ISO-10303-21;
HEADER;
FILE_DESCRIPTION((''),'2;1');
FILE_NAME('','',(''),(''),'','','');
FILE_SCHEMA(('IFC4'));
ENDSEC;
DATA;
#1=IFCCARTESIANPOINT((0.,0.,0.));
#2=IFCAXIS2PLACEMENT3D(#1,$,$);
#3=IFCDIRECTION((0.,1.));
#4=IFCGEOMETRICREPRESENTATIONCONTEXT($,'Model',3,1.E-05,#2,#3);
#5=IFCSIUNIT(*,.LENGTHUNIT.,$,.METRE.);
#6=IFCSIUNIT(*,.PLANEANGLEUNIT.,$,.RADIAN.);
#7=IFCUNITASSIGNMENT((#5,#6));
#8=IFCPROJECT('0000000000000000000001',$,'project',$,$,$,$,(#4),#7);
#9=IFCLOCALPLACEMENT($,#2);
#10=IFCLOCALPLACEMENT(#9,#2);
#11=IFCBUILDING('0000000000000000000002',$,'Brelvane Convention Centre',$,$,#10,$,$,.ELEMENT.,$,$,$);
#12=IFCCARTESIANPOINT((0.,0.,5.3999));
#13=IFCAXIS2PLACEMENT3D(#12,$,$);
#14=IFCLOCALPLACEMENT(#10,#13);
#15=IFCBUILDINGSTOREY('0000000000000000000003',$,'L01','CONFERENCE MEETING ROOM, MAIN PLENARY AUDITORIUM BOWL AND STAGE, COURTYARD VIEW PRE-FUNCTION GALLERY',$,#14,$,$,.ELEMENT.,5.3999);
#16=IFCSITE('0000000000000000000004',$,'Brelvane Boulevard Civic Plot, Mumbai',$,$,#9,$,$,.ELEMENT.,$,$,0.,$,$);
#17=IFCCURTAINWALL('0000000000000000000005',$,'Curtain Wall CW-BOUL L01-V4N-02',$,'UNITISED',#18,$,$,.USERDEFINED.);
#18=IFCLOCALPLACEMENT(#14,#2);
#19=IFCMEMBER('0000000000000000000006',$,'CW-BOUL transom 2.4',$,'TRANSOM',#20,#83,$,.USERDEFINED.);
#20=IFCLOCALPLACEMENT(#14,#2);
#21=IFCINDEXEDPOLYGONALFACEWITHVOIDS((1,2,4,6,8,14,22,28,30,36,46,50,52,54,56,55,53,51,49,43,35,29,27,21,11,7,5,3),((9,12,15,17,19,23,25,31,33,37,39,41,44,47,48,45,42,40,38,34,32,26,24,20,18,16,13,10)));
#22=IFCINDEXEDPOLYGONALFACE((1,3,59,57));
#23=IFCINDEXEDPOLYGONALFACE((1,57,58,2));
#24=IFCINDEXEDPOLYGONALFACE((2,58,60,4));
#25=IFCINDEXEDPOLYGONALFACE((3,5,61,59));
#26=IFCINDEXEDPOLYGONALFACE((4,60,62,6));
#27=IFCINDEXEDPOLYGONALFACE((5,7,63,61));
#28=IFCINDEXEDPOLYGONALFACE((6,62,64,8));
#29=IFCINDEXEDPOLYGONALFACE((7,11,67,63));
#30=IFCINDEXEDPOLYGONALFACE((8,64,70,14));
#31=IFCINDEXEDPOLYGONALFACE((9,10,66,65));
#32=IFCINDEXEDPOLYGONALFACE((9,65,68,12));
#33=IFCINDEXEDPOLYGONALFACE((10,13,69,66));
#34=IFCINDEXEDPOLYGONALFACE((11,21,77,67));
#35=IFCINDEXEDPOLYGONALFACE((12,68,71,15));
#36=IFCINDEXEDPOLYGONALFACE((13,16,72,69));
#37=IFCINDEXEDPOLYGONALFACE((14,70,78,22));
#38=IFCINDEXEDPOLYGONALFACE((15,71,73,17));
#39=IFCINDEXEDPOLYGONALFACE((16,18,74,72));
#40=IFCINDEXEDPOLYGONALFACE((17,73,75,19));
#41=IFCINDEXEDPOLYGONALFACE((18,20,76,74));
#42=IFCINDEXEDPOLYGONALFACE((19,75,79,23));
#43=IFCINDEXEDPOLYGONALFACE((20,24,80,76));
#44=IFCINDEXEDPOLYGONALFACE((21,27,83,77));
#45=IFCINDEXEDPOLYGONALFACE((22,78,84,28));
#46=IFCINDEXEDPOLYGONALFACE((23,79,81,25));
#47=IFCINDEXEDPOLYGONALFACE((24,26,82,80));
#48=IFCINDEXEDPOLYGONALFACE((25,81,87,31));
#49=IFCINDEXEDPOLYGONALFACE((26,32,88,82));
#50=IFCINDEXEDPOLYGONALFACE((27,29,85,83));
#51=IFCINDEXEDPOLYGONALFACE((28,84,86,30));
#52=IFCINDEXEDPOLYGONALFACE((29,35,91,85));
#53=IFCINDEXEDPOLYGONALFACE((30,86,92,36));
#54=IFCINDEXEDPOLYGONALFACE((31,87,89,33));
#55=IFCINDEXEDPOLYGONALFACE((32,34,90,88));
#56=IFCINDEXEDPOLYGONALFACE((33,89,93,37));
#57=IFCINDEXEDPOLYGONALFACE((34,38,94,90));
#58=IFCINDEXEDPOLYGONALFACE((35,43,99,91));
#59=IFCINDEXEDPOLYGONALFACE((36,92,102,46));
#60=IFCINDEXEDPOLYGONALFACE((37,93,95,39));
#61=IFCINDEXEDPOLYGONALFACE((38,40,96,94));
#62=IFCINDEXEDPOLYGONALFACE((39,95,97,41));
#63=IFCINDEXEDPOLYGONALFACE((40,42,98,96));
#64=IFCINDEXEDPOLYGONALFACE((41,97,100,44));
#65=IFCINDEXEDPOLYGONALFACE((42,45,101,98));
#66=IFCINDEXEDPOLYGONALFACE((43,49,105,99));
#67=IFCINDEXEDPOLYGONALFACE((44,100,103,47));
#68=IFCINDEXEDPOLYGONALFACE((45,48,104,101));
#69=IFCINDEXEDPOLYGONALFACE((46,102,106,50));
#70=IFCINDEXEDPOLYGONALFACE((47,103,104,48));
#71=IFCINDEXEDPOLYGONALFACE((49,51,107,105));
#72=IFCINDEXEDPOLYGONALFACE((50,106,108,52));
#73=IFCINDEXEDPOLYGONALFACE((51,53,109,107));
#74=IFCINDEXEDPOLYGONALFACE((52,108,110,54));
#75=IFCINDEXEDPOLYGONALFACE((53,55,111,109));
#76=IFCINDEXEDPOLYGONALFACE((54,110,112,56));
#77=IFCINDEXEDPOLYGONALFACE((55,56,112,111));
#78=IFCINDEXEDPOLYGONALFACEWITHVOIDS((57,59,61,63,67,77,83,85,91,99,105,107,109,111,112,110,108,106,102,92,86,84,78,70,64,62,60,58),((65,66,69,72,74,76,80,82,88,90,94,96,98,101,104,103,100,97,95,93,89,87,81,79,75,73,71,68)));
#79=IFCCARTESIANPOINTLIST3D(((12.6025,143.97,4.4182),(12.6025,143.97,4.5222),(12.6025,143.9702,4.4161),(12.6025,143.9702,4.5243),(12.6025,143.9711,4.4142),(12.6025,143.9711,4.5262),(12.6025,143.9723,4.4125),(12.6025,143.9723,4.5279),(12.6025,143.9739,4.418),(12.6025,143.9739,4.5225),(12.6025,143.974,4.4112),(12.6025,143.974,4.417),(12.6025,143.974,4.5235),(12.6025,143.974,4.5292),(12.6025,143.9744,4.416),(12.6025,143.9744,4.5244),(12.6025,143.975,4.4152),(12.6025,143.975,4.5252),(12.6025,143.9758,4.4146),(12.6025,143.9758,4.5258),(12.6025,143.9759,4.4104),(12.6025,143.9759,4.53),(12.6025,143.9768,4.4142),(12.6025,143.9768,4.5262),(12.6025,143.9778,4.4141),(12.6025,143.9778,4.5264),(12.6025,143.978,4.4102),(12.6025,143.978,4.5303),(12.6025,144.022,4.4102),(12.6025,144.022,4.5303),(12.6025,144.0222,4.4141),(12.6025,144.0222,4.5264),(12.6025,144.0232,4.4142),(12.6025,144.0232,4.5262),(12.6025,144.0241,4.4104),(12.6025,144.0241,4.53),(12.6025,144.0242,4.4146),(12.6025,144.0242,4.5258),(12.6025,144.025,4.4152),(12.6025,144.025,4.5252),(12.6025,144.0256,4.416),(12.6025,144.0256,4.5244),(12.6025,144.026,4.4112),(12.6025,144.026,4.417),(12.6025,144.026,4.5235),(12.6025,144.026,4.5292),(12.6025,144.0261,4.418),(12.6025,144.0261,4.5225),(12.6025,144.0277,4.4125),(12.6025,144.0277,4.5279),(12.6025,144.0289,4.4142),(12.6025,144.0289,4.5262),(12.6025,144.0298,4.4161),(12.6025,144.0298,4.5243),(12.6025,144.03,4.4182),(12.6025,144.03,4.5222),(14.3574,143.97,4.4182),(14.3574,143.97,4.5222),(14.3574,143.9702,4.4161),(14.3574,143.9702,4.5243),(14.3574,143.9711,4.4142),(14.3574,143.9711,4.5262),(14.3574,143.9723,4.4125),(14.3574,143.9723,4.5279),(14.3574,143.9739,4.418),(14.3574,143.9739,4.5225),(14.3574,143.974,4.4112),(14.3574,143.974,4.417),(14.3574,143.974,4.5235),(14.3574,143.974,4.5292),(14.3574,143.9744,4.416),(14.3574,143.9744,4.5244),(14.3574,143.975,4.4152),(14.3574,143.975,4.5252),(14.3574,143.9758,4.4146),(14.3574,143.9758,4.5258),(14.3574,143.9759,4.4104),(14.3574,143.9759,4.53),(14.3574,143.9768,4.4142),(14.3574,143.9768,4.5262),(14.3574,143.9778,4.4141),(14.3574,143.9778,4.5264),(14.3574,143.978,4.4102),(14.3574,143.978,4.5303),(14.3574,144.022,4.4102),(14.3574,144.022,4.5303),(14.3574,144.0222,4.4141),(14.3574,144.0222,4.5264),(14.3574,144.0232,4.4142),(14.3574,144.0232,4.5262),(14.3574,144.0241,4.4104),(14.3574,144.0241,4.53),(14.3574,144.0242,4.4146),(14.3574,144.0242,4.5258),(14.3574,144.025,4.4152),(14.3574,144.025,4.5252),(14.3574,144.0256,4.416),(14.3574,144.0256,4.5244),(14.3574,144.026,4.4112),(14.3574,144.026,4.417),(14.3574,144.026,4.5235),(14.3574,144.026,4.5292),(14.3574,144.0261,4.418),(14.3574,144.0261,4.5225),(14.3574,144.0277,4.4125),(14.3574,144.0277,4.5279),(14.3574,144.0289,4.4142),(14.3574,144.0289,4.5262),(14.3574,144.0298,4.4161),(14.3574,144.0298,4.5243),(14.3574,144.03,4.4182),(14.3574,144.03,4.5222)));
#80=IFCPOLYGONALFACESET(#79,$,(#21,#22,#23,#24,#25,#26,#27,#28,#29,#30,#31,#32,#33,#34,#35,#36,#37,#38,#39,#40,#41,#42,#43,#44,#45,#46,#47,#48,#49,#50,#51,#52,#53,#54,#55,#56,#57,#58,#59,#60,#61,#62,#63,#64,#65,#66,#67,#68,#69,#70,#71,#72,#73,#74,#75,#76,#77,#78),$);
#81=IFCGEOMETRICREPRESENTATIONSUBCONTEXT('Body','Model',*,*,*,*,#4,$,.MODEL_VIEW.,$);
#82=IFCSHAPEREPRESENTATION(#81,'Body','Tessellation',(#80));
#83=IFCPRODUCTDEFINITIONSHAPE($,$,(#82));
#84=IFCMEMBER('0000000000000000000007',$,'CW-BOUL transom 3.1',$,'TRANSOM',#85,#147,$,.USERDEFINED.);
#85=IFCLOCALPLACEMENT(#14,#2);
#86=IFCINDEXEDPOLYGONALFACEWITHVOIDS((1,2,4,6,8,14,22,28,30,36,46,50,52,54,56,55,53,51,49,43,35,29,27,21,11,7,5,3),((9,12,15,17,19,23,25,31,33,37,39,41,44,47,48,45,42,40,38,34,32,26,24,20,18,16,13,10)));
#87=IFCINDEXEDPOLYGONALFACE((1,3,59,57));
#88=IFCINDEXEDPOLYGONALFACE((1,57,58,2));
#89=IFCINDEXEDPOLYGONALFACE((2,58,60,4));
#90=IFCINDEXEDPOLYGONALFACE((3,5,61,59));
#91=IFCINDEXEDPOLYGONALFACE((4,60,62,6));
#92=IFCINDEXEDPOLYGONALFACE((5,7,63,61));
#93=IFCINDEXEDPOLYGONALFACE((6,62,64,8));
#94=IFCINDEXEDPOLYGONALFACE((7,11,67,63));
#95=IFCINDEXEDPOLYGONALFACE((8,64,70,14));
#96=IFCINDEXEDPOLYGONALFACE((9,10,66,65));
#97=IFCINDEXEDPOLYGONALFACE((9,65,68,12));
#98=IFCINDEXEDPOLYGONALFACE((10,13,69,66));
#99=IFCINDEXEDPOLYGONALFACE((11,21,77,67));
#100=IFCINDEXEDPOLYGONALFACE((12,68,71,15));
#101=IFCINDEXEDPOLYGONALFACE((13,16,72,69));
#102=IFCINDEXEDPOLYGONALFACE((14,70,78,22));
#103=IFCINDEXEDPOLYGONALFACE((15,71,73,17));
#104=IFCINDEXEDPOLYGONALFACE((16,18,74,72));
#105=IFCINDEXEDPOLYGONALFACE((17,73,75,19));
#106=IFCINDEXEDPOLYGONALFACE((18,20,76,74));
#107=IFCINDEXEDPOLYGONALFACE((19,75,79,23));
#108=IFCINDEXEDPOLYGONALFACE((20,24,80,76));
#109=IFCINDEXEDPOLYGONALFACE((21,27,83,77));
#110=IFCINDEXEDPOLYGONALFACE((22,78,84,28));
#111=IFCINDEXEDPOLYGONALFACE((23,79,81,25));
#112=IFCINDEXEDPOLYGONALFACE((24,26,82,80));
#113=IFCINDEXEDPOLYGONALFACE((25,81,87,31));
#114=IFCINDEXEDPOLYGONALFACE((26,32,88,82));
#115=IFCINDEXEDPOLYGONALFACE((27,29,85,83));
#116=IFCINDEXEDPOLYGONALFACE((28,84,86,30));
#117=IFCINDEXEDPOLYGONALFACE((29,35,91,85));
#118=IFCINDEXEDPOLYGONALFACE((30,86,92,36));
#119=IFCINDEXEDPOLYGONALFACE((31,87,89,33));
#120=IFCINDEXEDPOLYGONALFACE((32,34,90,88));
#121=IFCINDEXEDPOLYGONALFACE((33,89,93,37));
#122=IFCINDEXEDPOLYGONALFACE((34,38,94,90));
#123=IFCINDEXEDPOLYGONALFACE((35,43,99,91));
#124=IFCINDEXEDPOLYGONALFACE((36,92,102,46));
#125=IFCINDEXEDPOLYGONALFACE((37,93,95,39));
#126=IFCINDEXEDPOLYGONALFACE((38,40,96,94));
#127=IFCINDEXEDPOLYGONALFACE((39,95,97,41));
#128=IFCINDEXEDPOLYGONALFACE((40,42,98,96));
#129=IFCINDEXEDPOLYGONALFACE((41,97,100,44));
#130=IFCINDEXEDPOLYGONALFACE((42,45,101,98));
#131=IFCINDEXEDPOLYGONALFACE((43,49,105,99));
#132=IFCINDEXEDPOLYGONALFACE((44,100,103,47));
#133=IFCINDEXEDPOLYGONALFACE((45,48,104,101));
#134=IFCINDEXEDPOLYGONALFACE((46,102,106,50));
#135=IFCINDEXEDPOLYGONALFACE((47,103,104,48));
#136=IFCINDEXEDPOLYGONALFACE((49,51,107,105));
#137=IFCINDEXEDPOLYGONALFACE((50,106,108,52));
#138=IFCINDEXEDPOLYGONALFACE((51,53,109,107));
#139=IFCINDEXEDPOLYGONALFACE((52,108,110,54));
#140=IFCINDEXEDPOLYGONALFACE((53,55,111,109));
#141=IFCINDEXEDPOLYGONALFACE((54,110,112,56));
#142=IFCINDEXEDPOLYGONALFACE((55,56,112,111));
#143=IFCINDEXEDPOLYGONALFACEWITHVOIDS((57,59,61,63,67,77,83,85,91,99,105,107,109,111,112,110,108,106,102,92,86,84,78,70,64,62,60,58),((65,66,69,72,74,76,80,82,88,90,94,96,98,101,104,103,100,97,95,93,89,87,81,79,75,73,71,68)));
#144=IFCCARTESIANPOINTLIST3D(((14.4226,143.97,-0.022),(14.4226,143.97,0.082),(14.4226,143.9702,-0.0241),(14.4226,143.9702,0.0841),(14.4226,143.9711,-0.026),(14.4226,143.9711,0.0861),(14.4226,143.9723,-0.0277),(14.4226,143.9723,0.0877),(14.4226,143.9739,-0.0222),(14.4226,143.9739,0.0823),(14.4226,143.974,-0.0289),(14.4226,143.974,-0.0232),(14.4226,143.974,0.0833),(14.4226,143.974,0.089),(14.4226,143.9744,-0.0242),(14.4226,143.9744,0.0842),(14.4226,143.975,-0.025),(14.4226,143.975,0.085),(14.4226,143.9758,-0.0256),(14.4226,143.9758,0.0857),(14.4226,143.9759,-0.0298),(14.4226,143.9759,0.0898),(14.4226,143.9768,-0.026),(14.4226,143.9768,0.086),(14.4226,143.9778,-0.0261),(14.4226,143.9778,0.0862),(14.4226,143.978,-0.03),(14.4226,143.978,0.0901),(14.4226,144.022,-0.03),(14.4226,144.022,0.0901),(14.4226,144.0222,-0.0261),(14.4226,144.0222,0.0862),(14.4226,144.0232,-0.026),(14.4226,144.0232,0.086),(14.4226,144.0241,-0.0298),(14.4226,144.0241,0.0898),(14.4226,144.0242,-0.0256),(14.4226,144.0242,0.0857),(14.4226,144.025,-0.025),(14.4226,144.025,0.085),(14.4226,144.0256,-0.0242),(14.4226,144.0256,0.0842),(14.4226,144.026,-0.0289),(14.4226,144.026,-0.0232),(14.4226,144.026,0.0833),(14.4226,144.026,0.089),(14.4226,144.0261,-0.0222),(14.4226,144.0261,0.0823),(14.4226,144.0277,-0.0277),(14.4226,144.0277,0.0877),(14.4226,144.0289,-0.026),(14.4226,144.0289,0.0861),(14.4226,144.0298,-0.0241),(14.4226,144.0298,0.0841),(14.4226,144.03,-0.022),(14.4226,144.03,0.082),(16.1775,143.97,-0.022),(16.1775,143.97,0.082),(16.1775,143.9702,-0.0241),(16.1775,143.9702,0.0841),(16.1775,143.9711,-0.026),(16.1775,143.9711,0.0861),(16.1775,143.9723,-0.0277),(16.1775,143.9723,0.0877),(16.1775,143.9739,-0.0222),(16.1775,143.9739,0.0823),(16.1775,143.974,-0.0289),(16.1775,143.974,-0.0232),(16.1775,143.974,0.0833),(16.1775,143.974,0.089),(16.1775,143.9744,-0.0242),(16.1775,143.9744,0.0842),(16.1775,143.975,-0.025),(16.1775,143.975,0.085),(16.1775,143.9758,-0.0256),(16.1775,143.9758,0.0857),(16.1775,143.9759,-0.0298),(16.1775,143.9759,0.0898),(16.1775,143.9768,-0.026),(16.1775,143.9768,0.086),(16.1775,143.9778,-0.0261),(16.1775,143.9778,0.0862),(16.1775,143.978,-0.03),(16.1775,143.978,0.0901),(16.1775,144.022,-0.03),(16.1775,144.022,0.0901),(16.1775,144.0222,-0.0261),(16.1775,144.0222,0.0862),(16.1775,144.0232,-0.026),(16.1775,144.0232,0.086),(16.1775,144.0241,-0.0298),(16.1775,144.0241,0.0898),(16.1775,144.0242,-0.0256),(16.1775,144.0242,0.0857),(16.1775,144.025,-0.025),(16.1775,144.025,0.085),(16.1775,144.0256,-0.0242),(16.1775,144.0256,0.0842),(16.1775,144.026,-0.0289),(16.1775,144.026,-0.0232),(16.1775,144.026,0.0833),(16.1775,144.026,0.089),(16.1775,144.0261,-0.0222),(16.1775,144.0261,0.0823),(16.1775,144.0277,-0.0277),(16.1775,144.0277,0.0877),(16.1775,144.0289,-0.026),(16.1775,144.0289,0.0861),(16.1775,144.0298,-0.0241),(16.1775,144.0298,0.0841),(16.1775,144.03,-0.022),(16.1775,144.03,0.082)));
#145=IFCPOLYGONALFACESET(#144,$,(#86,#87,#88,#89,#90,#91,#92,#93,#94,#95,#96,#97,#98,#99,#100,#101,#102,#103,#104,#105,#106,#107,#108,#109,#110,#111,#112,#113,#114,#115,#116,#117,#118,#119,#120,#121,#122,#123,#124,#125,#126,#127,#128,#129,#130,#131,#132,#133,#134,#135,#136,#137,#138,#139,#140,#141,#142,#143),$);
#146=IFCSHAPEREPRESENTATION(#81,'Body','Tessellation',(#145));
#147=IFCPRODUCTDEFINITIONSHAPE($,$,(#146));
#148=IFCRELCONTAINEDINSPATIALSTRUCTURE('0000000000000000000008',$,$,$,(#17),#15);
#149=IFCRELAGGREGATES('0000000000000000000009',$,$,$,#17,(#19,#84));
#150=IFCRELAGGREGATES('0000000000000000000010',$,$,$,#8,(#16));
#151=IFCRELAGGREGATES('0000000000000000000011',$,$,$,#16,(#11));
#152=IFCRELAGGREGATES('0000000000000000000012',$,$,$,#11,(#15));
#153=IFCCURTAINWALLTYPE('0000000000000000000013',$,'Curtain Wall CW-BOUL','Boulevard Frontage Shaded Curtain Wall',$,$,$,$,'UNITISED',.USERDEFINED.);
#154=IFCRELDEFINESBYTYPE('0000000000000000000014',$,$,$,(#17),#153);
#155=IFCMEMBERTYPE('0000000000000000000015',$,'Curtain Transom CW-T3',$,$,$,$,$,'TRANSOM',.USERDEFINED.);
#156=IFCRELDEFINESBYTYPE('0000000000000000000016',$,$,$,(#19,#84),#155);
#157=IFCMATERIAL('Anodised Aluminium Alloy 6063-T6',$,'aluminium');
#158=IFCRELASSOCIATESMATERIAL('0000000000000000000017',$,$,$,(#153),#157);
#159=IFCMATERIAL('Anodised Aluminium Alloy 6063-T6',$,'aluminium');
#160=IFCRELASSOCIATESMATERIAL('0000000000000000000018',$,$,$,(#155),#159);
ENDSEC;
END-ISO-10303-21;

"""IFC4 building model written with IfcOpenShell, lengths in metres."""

from ifc_helpers import new_model, si_unit, direction, frame, origin, origin_2d, place, context, subcontext, project, spatial, hollow_rectangle, extrude, material, material_profile, profile_set, type_object, element, aggregate, save


model = new_model("IFC4")

# Units and contexts
model_context = context("Model", 3, precision=1e-05, world=origin(), true_north=direction((0.0, 1.0)))
body_context = subcontext(model_context, "Body", "Model", "MODEL_VIEW")
ifc_project = project(units=[si_unit("LENGTHUNIT", "METRE"), si_unit("PLANEANGLEUNIT", "RADIAN")], contexts=[model_context])

# Site, building, storey
site_placement = place(None, origin())
site = spatial("IfcSite", under=ifc_project, at=site_placement, Name="Brelvane Boulevard Civic Plot, Mumbai", CompositionType="ELEMENT", RefElevation=0.0)
building_placement = place(site_placement, origin())
building = spatial("IfcBuilding", under=site, at=building_placement, Name="Brelvane Convention Centre", CompositionType="ELEMENT")
storey_placement = place(building_placement, frame((0.0, 0.0, 5.3999)))
storey = spatial("IfcBuildingStorey", under=building, at=storey_placement, Name="L01", Description="CONFERENCE MEETING ROOM, MAIN PLENARY AUDITORIUM BOWL AND STAGE, COURTYARD VIEW PRE-FUNCTION GALLERY", CompositionType="ELEMENT", Elevation=5.3999)

# Curtain wall, members
ifc_material_1 = material(Name="Anodised Aluminium Alloy 6063-T6", Category="aluminium")
curtain_wall_type = type_object("IfcCurtainWallType", Name="Curtain Wall CW-BOUL", Description="Boulevard Frontage Shaded Curtain Wall", ElementType="UNITISED", PredefinedType="USERDEFINED", material=ifc_material_1)
curtain_wall_placement = place(storey_placement, origin())
curtain_wall = element("IfcCurtainWall", 1, at=curtain_wall_placement, inside=storey, type_object=curtain_wall_type, Name="Curtain Wall CW-BOUL L01-V4N-02", ObjectType="UNITISED", PredefinedType="USERDEFINED")
ifc_material_2 = material(Name="Anodised Aluminium Alloy 6063-T6", Category="aluminium")
ifc_material_profile_1 = material_profile(ifc_material_2, hollow_rectangle(XDim=0.0601, YDim=0.1201, WallThickness=0.0039, InnerFilletRadius=0.0039, OuterFilletRadius=0.0081, at=origin_2d()), Name="ALU-T 120x60x4.0")
ifc_profile_set_1 = profile_set([ifc_material_profile_1], Name="Anodised Aluminium Alloy 6063-T6")
member_type_1 = type_object("IfcMemberType", Name="Curtain Transom CW-T3", ElementType="TRANSOM", PredefinedType="USERDEFINED", material=ifc_profile_set_1)
member_1_placement = place(storey_placement, frame((12.6025, 144.0, 4.4702), z_axis=(1.0, 0.0, 0.0), x_axis=(0.0, 1.0, 0.0)))
member_1 = element("IfcMember", 2, at=member_1_placement, type_object=member_type_1, Name="CW-BOUL transom 2.4", ObjectType="TRANSOM", PredefinedType="USERDEFINED", context=body_context, shape_type="SweptSolid", body=[
    extrude(hollow_rectangle(XDim=0.0601, YDim=0.1201, WallThickness=0.0039, InnerFilletRadius=0.0039, OuterFilletRadius=0.0081, at=origin_2d()), origin(), (0.0, 0.0, 1.0), 1.7549),
])
member_2_placement = place(storey_placement, frame((14.4226, 144.0, 0.03), z_axis=(1.0, 0.0, 0.0), x_axis=(0.0, 1.0, 0.0)))
member_2 = element("IfcMember", 3, at=member_2_placement, type_object=member_type_1, Name="CW-BOUL transom 3.1", ObjectType="TRANSOM", PredefinedType="USERDEFINED", context=body_context, shape_type="SweptSolid", body=[
    extrude(hollow_rectangle(XDim=0.0601, YDim=0.1201, WallThickness=0.0039, InnerFilletRadius=0.0039, OuterFilletRadius=0.0081, at=origin_2d()), origin(), (0.0, 0.0, 1.0), 1.7549),
])

aggregate(curtain_wall, [member_1, member_2])

save(model, "model.ifc")
